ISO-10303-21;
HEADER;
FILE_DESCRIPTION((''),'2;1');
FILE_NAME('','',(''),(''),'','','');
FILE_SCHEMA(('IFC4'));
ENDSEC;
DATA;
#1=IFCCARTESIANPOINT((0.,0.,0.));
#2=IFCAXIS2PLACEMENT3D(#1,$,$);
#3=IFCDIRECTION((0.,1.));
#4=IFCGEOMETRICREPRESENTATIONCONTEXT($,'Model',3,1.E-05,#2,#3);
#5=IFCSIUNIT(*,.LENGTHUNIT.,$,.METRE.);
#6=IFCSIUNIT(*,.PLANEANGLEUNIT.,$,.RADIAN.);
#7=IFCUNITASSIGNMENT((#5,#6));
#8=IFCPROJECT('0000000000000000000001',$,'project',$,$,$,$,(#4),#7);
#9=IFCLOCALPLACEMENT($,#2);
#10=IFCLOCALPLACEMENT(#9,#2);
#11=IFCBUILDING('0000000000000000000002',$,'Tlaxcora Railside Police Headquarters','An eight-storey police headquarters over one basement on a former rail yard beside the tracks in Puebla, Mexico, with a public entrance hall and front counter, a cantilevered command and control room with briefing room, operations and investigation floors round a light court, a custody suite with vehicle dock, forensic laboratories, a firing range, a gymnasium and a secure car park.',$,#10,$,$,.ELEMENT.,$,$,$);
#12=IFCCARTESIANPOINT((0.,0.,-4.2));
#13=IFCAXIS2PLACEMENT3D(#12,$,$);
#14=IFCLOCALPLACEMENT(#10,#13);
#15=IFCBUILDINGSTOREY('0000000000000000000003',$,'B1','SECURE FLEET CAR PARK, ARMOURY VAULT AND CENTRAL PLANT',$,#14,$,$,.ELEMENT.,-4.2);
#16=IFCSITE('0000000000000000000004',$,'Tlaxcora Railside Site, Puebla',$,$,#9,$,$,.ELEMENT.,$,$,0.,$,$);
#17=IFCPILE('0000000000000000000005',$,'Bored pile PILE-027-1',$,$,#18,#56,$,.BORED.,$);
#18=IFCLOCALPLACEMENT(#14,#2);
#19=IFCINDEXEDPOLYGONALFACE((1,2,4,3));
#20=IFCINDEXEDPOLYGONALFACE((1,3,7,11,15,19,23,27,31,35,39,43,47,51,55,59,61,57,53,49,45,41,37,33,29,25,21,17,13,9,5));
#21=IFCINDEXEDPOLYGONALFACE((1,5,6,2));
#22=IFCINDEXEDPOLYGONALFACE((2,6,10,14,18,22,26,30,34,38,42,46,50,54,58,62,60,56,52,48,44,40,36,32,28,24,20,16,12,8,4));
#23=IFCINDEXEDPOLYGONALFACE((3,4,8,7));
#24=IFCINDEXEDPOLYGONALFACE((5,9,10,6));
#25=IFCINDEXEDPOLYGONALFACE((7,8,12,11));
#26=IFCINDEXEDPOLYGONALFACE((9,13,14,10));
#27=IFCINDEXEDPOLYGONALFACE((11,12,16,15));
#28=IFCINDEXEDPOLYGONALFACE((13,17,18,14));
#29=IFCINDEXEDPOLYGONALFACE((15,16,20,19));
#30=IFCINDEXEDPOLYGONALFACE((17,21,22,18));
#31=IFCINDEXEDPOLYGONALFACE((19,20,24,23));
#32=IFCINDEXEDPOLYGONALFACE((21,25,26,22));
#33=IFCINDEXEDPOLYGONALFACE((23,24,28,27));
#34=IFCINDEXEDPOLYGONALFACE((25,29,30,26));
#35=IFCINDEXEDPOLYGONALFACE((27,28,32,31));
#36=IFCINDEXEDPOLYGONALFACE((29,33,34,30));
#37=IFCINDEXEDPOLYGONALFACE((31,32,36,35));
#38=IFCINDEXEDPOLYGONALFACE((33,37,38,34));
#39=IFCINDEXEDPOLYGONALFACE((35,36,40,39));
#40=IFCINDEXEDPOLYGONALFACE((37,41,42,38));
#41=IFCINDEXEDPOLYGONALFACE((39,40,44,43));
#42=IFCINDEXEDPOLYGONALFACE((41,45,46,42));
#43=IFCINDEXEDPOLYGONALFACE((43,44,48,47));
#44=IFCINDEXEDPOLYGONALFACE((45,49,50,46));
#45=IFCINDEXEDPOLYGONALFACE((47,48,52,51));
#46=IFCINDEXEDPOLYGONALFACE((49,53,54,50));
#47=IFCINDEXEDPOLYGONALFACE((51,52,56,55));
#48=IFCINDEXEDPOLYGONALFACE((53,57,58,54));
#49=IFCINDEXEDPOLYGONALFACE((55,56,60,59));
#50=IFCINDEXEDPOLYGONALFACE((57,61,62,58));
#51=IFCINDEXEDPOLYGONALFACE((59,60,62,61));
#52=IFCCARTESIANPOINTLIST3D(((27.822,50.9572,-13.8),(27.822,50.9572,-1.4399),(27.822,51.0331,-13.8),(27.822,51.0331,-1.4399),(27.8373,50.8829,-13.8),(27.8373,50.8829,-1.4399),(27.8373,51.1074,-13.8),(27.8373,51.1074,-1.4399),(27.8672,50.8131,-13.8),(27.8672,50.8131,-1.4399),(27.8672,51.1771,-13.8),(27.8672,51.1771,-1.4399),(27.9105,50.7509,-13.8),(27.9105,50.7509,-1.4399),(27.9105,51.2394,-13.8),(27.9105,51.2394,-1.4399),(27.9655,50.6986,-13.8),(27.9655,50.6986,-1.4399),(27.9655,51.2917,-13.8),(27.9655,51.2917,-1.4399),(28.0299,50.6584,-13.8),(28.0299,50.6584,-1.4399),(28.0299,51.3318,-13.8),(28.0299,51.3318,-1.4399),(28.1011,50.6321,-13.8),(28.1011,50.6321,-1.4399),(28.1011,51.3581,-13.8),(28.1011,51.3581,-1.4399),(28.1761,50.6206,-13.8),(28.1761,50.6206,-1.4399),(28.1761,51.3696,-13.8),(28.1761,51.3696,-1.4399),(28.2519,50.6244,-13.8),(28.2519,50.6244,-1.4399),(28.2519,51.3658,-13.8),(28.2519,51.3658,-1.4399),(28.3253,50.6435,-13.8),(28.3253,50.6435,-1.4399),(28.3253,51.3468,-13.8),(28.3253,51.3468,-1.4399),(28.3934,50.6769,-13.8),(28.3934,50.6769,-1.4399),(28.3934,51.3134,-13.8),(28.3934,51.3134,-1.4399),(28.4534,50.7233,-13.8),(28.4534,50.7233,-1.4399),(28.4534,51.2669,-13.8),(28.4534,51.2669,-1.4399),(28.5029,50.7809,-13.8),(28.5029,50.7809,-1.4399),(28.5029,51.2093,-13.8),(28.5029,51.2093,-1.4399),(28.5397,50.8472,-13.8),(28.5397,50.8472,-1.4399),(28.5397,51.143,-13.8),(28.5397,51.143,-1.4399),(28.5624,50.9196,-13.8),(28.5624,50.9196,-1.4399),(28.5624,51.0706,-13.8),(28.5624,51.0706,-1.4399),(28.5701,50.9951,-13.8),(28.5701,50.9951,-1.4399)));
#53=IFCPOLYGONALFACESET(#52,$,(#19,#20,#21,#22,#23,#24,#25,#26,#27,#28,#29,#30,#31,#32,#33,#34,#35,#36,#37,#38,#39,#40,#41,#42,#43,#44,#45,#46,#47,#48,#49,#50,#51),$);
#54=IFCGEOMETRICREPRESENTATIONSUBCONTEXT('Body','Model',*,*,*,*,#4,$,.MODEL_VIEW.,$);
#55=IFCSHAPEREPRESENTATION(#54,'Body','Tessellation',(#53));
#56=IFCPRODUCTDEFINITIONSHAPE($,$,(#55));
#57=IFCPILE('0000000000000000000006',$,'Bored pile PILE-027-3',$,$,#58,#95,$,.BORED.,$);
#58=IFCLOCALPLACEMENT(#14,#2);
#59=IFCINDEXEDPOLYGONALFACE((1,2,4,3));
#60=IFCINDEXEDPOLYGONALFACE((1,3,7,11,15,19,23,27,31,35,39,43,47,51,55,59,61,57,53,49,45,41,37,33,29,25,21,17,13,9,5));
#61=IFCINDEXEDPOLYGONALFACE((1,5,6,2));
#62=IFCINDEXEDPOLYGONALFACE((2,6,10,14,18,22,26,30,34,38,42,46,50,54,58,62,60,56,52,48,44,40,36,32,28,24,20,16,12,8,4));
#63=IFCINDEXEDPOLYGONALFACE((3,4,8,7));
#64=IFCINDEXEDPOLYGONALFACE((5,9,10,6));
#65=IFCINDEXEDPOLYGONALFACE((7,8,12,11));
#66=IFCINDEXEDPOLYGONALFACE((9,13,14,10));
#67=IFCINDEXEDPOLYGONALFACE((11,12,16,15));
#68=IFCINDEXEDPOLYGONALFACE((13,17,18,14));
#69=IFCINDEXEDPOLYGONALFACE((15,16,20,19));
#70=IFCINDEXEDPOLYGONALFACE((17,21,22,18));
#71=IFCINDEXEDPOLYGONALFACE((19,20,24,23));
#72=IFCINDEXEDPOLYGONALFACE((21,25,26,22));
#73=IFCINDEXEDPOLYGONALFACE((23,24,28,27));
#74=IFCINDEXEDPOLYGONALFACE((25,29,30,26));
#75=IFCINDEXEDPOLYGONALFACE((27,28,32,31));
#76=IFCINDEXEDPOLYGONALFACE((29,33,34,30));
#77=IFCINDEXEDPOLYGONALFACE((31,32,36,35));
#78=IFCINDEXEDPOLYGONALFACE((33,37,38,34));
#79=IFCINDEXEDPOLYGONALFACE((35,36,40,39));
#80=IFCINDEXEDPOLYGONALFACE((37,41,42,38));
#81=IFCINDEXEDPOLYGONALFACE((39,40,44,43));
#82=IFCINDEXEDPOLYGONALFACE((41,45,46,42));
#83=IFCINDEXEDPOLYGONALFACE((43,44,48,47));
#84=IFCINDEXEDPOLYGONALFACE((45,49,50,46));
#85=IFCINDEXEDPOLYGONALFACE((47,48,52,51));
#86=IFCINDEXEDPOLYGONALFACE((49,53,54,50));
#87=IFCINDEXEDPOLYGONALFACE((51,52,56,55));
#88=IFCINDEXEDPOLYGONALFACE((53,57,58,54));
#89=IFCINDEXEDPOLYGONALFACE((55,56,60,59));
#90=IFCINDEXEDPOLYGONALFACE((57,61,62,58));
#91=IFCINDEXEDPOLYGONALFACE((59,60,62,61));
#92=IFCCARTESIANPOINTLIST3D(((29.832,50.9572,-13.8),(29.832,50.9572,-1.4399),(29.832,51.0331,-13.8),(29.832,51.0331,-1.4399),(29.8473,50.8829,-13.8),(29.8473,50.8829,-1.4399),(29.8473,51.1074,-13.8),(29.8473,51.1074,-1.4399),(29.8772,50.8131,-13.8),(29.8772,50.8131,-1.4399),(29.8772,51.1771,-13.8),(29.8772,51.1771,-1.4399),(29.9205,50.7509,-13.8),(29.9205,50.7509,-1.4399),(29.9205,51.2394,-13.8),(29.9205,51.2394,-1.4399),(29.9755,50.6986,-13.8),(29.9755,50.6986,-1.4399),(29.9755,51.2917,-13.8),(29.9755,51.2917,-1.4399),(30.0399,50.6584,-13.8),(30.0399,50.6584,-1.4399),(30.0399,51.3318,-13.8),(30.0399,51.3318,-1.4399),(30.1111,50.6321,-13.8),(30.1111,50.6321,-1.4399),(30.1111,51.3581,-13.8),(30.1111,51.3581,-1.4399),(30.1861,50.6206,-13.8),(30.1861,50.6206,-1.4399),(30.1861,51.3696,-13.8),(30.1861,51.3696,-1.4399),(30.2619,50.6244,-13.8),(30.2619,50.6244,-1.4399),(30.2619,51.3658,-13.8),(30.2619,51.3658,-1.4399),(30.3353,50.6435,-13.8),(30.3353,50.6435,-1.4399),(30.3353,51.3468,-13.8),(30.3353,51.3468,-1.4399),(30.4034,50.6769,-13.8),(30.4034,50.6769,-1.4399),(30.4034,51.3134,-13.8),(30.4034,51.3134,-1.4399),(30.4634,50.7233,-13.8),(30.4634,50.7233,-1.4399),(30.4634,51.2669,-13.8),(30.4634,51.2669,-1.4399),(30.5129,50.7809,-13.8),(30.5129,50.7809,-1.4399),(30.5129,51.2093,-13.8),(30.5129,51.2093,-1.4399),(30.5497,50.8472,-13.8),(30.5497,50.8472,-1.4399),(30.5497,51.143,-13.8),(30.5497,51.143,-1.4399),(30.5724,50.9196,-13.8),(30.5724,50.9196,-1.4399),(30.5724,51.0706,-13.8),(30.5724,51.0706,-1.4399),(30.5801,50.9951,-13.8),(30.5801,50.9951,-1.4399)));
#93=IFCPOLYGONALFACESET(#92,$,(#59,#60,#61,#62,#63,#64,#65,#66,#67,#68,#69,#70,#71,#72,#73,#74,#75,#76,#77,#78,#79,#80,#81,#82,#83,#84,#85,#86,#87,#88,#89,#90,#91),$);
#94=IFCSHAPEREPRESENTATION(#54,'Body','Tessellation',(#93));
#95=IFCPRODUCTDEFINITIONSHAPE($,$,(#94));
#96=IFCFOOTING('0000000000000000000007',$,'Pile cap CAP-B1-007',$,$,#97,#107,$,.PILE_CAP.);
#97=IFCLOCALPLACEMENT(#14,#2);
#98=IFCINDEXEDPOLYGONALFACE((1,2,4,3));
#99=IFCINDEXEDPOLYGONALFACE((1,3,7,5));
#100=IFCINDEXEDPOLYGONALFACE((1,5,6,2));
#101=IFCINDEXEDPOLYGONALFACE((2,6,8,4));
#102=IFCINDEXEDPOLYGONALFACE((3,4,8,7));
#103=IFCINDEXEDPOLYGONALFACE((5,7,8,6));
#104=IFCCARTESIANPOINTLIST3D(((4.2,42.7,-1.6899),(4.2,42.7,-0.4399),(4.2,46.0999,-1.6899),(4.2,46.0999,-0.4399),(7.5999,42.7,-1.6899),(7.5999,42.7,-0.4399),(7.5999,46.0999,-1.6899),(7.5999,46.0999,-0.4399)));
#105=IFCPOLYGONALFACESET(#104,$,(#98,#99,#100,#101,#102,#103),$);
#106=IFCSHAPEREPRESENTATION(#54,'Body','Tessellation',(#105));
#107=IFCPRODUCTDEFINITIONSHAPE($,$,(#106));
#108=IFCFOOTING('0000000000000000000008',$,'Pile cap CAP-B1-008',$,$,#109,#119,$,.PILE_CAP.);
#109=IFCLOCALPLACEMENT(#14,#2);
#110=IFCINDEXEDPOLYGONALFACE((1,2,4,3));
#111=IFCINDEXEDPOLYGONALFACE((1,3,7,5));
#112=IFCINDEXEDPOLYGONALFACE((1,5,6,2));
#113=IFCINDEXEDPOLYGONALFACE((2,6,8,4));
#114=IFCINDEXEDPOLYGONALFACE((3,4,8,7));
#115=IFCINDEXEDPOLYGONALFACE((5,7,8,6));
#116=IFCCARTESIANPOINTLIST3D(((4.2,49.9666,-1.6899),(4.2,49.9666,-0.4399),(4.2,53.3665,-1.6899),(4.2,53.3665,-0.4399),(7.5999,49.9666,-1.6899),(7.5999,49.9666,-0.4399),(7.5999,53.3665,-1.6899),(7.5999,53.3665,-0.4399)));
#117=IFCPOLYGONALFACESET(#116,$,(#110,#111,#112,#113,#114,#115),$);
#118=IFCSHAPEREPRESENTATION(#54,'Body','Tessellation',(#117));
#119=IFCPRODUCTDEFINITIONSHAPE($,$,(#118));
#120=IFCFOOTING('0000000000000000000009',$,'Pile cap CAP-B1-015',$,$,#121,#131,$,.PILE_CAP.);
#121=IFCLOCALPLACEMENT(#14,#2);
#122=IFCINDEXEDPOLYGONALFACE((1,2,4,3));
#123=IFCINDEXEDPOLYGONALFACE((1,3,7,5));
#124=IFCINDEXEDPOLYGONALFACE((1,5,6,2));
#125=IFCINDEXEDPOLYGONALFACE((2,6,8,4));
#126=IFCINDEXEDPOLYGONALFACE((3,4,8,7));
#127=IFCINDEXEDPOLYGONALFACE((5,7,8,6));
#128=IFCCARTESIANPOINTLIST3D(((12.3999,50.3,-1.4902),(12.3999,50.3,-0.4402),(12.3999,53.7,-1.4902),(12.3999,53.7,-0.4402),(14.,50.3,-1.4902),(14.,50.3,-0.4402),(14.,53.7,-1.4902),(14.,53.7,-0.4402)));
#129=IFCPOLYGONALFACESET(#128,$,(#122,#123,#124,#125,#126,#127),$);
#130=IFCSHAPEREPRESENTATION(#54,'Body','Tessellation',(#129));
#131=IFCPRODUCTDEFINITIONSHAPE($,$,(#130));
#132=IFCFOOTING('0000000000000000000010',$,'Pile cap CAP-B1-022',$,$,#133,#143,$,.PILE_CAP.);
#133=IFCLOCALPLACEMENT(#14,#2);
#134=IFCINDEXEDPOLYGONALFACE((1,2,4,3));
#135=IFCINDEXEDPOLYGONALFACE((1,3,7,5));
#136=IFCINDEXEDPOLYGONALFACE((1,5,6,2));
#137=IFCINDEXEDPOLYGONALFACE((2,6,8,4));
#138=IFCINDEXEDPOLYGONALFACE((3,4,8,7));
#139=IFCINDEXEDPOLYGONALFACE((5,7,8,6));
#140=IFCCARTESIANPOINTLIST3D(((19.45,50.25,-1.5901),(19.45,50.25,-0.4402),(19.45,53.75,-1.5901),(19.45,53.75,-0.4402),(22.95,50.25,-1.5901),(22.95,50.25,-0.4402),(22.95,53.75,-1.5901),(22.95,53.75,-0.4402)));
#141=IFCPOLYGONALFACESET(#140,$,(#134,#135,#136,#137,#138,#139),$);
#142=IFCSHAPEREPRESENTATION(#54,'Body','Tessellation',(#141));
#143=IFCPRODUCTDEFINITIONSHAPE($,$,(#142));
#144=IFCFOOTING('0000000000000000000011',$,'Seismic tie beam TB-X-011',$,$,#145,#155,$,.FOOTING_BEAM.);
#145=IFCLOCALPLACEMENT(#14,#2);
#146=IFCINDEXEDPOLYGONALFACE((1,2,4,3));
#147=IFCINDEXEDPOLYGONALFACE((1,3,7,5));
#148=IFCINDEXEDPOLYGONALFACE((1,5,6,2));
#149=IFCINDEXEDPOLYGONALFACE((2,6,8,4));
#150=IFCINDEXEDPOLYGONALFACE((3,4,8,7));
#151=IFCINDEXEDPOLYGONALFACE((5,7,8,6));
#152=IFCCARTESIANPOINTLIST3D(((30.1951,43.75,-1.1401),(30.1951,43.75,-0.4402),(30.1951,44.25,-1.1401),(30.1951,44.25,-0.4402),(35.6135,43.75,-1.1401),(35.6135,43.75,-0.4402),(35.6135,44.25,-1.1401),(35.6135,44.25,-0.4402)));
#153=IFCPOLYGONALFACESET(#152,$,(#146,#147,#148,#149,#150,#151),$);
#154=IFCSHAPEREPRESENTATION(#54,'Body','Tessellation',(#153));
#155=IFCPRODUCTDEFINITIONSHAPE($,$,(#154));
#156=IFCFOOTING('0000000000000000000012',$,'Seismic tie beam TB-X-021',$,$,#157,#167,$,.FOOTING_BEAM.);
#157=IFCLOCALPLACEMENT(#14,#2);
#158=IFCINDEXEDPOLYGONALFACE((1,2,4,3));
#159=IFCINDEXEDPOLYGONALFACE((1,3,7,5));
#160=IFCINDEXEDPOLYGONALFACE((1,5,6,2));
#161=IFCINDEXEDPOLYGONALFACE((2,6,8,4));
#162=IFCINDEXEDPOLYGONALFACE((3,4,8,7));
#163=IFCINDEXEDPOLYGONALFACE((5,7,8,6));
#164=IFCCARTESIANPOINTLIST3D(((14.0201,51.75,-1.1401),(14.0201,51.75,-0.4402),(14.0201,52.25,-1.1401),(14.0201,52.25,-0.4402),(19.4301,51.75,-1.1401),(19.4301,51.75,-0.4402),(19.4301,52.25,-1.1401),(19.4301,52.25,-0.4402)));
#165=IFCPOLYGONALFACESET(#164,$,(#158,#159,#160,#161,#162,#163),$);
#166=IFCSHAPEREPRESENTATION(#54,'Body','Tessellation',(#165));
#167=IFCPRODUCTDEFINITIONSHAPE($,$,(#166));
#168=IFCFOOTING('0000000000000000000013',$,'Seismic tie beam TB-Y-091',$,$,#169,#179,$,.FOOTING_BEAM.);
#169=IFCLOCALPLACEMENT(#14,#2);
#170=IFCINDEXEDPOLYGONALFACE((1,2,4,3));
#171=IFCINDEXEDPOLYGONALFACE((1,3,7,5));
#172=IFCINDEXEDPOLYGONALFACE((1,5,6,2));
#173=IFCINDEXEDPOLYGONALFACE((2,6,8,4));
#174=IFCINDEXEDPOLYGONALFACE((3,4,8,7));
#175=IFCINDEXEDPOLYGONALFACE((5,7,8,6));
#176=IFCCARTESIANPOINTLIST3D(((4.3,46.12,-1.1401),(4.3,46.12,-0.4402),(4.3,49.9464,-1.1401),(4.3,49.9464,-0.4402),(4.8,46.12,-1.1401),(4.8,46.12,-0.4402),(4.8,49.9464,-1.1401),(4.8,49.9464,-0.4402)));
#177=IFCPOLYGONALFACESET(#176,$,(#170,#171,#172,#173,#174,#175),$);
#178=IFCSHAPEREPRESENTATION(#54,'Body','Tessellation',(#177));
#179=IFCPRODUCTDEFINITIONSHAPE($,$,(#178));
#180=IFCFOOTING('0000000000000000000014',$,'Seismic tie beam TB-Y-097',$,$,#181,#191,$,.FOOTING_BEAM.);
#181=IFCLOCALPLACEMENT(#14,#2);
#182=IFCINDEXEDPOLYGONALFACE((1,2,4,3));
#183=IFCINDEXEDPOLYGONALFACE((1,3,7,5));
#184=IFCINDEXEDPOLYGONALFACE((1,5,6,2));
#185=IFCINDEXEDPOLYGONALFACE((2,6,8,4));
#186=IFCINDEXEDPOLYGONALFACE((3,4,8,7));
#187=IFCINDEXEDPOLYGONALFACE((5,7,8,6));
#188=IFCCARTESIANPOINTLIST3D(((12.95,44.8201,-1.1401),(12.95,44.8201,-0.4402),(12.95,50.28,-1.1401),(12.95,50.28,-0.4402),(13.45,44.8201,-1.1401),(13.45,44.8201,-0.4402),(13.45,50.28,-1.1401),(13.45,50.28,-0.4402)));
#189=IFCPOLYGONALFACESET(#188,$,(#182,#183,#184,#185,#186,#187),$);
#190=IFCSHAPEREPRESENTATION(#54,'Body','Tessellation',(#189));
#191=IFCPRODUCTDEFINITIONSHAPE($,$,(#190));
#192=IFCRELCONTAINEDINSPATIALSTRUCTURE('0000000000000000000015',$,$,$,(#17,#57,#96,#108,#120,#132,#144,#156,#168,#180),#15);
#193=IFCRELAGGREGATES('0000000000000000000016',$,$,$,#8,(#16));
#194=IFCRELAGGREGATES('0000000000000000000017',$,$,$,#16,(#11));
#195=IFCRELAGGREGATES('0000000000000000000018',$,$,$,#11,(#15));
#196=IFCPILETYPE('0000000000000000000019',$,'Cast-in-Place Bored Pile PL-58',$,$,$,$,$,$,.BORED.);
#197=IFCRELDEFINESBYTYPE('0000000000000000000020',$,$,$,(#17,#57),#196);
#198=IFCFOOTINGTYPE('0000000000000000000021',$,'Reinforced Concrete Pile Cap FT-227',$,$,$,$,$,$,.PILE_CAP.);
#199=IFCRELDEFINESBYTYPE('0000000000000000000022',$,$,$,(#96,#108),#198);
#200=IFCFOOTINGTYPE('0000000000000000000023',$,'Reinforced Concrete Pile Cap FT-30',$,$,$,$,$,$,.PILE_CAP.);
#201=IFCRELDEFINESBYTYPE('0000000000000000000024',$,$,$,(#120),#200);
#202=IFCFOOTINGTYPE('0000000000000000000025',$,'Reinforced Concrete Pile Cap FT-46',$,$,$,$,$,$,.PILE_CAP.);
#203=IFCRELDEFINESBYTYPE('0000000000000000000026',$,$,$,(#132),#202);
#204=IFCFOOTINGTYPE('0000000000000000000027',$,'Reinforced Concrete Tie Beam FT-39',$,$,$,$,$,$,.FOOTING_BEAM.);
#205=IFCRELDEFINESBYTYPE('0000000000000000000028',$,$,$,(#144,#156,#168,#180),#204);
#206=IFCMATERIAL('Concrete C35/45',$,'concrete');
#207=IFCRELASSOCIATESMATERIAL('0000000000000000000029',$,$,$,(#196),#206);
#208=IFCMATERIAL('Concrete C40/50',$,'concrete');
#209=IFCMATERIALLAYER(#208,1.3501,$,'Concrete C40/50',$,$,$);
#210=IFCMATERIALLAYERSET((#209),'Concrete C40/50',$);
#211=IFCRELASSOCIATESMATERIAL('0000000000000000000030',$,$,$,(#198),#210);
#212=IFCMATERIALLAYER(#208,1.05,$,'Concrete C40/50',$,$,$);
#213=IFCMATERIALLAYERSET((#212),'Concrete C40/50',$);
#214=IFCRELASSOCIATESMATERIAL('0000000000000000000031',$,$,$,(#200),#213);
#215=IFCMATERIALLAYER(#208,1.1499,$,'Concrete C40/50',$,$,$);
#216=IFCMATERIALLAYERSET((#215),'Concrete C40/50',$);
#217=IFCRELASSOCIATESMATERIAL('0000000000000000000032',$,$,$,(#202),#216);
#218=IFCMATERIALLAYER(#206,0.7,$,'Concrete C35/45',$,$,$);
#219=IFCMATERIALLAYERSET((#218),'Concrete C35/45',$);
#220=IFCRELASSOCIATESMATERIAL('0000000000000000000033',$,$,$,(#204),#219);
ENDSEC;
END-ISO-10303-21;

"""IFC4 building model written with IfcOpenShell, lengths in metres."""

from ifc_helpers import new_model, si_unit, direction, frame, origin, origin_2d, place, context, subcontext, project, spatial, rectangle, circle, extrude, material, layer, layer_set, material_profile, profile_set, type_object, element, save


model = new_model("IFC4")

# Units and contexts
model_context = context("Model", 3, precision=1e-05, world=origin(), true_north=direction((0.0, 1.0)))
body_context = subcontext(model_context, "Body", "Model", "MODEL_VIEW")
ifc_project = project(units=[si_unit("LENGTHUNIT", "METRE"), si_unit("PLANEANGLEUNIT", "RADIAN")], contexts=[model_context])

# Site, building, storey
site_placement = place(None, origin())
site = spatial("IfcSite", under=ifc_project, at=site_placement, Name="Tlaxcora Railside Site, Puebla", CompositionType="ELEMENT", RefElevation=0.0)
building_placement = place(site_placement, origin())
building = spatial("IfcBuilding", under=site, at=building_placement, Name="Tlaxcora Railside Police Headquarters", Description="An eight-storey police headquarters over one basement on a former rail yard beside the tracks in Puebla, Mexico, with a public entrance hall and front counter, a cantilevered command and control room with briefing room, operations and investigation floors round a light court, a custody suite with vehicle dock, forensic laboratories, a firing range, a gymnasium and a secure car park.", CompositionType="ELEMENT")
storey_placement = place(building_placement, frame((0.0, 0.0, -4.2)))
storey = spatial("IfcBuildingStorey", under=building, at=storey_placement, Name="B1", Description="SECURE FLEET CAR PARK, ARMOURY VAULT AND CENTRAL PLANT", CompositionType="ELEMENT", Elevation=-4.2)

# Piles
ifc_material_1 = material(Name="Concrete C35/45", Category="concrete")
ifc_material_profile_1 = material_profile(ifc_material_1, circle(Radius=0.375, at=origin_2d()), Name="PILE750")
ifc_profile_set_1 = profile_set([ifc_material_profile_1], Name="Concrete C35/45")
pile_type_1 = type_object("IfcPileType", Name="Cast-in-Place Bored Pile PL-58", PredefinedType="BORED", material=ifc_profile_set_1)
for number, where, z_axis, x_axis, name in (
    (1, (28.1951, 50.9951, -1.4399), (0.0, 0.0, -1.0), (1.0, 0.0, 0.0), "Bored pile PILE-027-1"),
    (2, (30.2051, 50.9951, -1.4399), (0.0, 0.0, -1.0), (1.0, 0.0, 0.0), "Bored pile PILE-027-3"),
):
    element("IfcPile", number, at=place(storey_placement, frame(where, z_axis=z_axis, x_axis=x_axis)), inside=storey, type_object=pile_type_1, Name=name, PredefinedType="BORED", context=body_context, shape_type="SweptSolid", body=[
        extrude(circle(Radius=0.375, at=origin_2d()), origin(), (0.0, 0.0, 1.0), 12.3601),
    ])

# Footings
ifc_material_2 = material(Name="Concrete C40/50", Category="concrete")
ifc_layer_1 = layer(ifc_material_2, 1.3501, Name="Concrete C40/50")
ifc_layer_set_1 = layer_set([ifc_layer_1], Name="Concrete C40/50")
footing_type_1 = type_object("IfcFootingType", Name="Reinforced Concrete Pile Cap FT-227", PredefinedType="PILE_CAP", material=ifc_layer_set_1)
for number, where, z_axis, x_axis, name in (
    (3, (5.8999, 44.3999, -1.6899), (0.0, 0.0, 1.0), (1.0, 0.0, 0.0), "Pile cap CAP-B1-007"),
    (4, (5.8999, 51.6665, -1.6899), (0.0, 0.0, 1.0), (1.0, 0.0, 0.0), "Pile cap CAP-B1-008"),
):
    element("IfcFooting", number, at=place(storey_placement, frame(where, z_axis=z_axis, x_axis=x_axis)), inside=storey, type_object=footing_type_1, Name=name, PredefinedType="PILE_CAP", context=body_context, shape_type="SweptSolid", body=[
        extrude(rectangle(XDim=3.3999, YDim=3.3999, at=origin_2d()), origin(), (0.0, 0.0, 1.0), 1.25),
    ])
ifc_layer_2 = layer(ifc_material_2, 1.05, Name="Concrete C40/50")
ifc_layer_set_2 = layer_set([ifc_layer_2], Name="Concrete C40/50")
footing_type_2 = type_object("IfcFootingType", Name="Reinforced Concrete Pile Cap FT-30", PredefinedType="PILE_CAP", material=ifc_layer_set_2)
footing_1_placement = place(storey_placement, frame((13.2, 52.0, -1.4902), z_axis=(0.0, 0.0, 1.0), x_axis=(1.0, 0.0, 0.0)))
element("IfcFooting", 5, at=footing_1_placement, inside=storey, type_object=footing_type_2, Name="Pile cap CAP-B1-015", PredefinedType="PILE_CAP", context=body_context, shape_type="SweptSolid", body=[
    extrude(rectangle(XDim=1.6001, YDim=3.3999, at=origin_2d()), origin(), (0.0, 0.0, 1.0), 1.05),
])
ifc_layer_3 = layer(ifc_material_2, 1.1499, Name="Concrete C40/50")
ifc_layer_set_3 = layer_set([ifc_layer_3], Name="Concrete C40/50")
footing_type_3 = type_object("IfcFootingType", Name="Reinforced Concrete Pile Cap FT-46", PredefinedType="PILE_CAP", material=ifc_layer_set_3)
footing_2_placement = place(storey_placement, frame((21.2, 52.0, -1.5901), z_axis=(0.0, 0.0, 1.0), x_axis=(1.0, 0.0, 0.0)))
element("IfcFooting", 6, at=footing_2_placement, inside=storey, type_object=footing_type_3, Name="Pile cap CAP-B1-022", PredefinedType="PILE_CAP", context=body_context, shape_type="SweptSolid", body=[
    extrude(rectangle(XDim=3.5, YDim=3.5, at=origin_2d()), origin(), (0.0, 0.0, 1.0), 1.1499),
])
ifc_layer_4 = layer(ifc_material_1, 0.7, Name="Concrete C35/45")
ifc_layer_set_4 = layer_set([ifc_layer_4], Name="Concrete C35/45")
footing_type_4 = type_object("IfcFootingType", Name="Reinforced Concrete Tie Beam FT-39", PredefinedType="FOOTING_BEAM", material=ifc_layer_set_4)
footing_3_placement = place(storey_placement, frame((32.9043, 44.0, -1.1401), z_axis=(0.0, 0.0, 1.0), x_axis=(1.0, 0.0, 0.0)))
element("IfcFooting", 7, at=footing_3_placement, inside=storey, type_object=footing_type_4, Name="Seismic tie beam TB-X-011", PredefinedType="FOOTING_BEAM", context=body_context, shape_type="SweptSolid", body=[
    extrude(rectangle(XDim=5.4185, YDim=0.5, at=origin_2d()), origin(), (0.0, 0.0, 1.0), 0.7),
])
footing_4_placement = place(storey_placement, frame((16.7251, 52.0, -1.1401), z_axis=(0.0, 0.0, 1.0), x_axis=(1.0, 0.0, 0.0)))
element("IfcFooting", 8, at=footing_4_placement, inside=storey, type_object=footing_type_4, Name="Seismic tie beam TB-X-021", PredefinedType="FOOTING_BEAM", context=body_context, shape_type="SweptSolid", body=[
    extrude(rectangle(XDim=5.4099, YDim=0.5, at=origin_2d()), origin(), (0.0, 0.0, 1.0), 0.7),
])
footing_5_placement = place(storey_placement, frame((4.55, 48.0332, -1.1401), z_axis=(0.0, 0.0, 1.0), x_axis=(0.0, 1.0, 0.0)))
element("IfcFooting", 9, at=footing_5_placement, inside=storey, type_object=footing_type_4, Name="Seismic tie beam TB-Y-091", PredefinedType="FOOTING_BEAM", context=body_context, shape_type="SweptSolid", body=[
    extrude(rectangle(XDim=3.8264, YDim=0.5, at=origin_2d()), origin(), (0.0, 0.0, 1.0), 0.7),
])
footing_6_placement = place(storey_placement, frame((13.2, 47.55, -1.1401), z_axis=(0.0, 0.0, 1.0), x_axis=(0.0, 1.0, 0.0)))
element("IfcFooting", 10, at=footing_6_placement, inside=storey, type_object=footing_type_4, Name="Seismic tie beam TB-Y-097", PredefinedType="FOOTING_BEAM", context=body_context, shape_type="SweptSolid", body=[
    extrude(rectangle(XDim=5.46, YDim=0.5, at=origin_2d()), origin(), (0.0, 0.0, 1.0), 0.7),
])

save(model, "model.ifc")
